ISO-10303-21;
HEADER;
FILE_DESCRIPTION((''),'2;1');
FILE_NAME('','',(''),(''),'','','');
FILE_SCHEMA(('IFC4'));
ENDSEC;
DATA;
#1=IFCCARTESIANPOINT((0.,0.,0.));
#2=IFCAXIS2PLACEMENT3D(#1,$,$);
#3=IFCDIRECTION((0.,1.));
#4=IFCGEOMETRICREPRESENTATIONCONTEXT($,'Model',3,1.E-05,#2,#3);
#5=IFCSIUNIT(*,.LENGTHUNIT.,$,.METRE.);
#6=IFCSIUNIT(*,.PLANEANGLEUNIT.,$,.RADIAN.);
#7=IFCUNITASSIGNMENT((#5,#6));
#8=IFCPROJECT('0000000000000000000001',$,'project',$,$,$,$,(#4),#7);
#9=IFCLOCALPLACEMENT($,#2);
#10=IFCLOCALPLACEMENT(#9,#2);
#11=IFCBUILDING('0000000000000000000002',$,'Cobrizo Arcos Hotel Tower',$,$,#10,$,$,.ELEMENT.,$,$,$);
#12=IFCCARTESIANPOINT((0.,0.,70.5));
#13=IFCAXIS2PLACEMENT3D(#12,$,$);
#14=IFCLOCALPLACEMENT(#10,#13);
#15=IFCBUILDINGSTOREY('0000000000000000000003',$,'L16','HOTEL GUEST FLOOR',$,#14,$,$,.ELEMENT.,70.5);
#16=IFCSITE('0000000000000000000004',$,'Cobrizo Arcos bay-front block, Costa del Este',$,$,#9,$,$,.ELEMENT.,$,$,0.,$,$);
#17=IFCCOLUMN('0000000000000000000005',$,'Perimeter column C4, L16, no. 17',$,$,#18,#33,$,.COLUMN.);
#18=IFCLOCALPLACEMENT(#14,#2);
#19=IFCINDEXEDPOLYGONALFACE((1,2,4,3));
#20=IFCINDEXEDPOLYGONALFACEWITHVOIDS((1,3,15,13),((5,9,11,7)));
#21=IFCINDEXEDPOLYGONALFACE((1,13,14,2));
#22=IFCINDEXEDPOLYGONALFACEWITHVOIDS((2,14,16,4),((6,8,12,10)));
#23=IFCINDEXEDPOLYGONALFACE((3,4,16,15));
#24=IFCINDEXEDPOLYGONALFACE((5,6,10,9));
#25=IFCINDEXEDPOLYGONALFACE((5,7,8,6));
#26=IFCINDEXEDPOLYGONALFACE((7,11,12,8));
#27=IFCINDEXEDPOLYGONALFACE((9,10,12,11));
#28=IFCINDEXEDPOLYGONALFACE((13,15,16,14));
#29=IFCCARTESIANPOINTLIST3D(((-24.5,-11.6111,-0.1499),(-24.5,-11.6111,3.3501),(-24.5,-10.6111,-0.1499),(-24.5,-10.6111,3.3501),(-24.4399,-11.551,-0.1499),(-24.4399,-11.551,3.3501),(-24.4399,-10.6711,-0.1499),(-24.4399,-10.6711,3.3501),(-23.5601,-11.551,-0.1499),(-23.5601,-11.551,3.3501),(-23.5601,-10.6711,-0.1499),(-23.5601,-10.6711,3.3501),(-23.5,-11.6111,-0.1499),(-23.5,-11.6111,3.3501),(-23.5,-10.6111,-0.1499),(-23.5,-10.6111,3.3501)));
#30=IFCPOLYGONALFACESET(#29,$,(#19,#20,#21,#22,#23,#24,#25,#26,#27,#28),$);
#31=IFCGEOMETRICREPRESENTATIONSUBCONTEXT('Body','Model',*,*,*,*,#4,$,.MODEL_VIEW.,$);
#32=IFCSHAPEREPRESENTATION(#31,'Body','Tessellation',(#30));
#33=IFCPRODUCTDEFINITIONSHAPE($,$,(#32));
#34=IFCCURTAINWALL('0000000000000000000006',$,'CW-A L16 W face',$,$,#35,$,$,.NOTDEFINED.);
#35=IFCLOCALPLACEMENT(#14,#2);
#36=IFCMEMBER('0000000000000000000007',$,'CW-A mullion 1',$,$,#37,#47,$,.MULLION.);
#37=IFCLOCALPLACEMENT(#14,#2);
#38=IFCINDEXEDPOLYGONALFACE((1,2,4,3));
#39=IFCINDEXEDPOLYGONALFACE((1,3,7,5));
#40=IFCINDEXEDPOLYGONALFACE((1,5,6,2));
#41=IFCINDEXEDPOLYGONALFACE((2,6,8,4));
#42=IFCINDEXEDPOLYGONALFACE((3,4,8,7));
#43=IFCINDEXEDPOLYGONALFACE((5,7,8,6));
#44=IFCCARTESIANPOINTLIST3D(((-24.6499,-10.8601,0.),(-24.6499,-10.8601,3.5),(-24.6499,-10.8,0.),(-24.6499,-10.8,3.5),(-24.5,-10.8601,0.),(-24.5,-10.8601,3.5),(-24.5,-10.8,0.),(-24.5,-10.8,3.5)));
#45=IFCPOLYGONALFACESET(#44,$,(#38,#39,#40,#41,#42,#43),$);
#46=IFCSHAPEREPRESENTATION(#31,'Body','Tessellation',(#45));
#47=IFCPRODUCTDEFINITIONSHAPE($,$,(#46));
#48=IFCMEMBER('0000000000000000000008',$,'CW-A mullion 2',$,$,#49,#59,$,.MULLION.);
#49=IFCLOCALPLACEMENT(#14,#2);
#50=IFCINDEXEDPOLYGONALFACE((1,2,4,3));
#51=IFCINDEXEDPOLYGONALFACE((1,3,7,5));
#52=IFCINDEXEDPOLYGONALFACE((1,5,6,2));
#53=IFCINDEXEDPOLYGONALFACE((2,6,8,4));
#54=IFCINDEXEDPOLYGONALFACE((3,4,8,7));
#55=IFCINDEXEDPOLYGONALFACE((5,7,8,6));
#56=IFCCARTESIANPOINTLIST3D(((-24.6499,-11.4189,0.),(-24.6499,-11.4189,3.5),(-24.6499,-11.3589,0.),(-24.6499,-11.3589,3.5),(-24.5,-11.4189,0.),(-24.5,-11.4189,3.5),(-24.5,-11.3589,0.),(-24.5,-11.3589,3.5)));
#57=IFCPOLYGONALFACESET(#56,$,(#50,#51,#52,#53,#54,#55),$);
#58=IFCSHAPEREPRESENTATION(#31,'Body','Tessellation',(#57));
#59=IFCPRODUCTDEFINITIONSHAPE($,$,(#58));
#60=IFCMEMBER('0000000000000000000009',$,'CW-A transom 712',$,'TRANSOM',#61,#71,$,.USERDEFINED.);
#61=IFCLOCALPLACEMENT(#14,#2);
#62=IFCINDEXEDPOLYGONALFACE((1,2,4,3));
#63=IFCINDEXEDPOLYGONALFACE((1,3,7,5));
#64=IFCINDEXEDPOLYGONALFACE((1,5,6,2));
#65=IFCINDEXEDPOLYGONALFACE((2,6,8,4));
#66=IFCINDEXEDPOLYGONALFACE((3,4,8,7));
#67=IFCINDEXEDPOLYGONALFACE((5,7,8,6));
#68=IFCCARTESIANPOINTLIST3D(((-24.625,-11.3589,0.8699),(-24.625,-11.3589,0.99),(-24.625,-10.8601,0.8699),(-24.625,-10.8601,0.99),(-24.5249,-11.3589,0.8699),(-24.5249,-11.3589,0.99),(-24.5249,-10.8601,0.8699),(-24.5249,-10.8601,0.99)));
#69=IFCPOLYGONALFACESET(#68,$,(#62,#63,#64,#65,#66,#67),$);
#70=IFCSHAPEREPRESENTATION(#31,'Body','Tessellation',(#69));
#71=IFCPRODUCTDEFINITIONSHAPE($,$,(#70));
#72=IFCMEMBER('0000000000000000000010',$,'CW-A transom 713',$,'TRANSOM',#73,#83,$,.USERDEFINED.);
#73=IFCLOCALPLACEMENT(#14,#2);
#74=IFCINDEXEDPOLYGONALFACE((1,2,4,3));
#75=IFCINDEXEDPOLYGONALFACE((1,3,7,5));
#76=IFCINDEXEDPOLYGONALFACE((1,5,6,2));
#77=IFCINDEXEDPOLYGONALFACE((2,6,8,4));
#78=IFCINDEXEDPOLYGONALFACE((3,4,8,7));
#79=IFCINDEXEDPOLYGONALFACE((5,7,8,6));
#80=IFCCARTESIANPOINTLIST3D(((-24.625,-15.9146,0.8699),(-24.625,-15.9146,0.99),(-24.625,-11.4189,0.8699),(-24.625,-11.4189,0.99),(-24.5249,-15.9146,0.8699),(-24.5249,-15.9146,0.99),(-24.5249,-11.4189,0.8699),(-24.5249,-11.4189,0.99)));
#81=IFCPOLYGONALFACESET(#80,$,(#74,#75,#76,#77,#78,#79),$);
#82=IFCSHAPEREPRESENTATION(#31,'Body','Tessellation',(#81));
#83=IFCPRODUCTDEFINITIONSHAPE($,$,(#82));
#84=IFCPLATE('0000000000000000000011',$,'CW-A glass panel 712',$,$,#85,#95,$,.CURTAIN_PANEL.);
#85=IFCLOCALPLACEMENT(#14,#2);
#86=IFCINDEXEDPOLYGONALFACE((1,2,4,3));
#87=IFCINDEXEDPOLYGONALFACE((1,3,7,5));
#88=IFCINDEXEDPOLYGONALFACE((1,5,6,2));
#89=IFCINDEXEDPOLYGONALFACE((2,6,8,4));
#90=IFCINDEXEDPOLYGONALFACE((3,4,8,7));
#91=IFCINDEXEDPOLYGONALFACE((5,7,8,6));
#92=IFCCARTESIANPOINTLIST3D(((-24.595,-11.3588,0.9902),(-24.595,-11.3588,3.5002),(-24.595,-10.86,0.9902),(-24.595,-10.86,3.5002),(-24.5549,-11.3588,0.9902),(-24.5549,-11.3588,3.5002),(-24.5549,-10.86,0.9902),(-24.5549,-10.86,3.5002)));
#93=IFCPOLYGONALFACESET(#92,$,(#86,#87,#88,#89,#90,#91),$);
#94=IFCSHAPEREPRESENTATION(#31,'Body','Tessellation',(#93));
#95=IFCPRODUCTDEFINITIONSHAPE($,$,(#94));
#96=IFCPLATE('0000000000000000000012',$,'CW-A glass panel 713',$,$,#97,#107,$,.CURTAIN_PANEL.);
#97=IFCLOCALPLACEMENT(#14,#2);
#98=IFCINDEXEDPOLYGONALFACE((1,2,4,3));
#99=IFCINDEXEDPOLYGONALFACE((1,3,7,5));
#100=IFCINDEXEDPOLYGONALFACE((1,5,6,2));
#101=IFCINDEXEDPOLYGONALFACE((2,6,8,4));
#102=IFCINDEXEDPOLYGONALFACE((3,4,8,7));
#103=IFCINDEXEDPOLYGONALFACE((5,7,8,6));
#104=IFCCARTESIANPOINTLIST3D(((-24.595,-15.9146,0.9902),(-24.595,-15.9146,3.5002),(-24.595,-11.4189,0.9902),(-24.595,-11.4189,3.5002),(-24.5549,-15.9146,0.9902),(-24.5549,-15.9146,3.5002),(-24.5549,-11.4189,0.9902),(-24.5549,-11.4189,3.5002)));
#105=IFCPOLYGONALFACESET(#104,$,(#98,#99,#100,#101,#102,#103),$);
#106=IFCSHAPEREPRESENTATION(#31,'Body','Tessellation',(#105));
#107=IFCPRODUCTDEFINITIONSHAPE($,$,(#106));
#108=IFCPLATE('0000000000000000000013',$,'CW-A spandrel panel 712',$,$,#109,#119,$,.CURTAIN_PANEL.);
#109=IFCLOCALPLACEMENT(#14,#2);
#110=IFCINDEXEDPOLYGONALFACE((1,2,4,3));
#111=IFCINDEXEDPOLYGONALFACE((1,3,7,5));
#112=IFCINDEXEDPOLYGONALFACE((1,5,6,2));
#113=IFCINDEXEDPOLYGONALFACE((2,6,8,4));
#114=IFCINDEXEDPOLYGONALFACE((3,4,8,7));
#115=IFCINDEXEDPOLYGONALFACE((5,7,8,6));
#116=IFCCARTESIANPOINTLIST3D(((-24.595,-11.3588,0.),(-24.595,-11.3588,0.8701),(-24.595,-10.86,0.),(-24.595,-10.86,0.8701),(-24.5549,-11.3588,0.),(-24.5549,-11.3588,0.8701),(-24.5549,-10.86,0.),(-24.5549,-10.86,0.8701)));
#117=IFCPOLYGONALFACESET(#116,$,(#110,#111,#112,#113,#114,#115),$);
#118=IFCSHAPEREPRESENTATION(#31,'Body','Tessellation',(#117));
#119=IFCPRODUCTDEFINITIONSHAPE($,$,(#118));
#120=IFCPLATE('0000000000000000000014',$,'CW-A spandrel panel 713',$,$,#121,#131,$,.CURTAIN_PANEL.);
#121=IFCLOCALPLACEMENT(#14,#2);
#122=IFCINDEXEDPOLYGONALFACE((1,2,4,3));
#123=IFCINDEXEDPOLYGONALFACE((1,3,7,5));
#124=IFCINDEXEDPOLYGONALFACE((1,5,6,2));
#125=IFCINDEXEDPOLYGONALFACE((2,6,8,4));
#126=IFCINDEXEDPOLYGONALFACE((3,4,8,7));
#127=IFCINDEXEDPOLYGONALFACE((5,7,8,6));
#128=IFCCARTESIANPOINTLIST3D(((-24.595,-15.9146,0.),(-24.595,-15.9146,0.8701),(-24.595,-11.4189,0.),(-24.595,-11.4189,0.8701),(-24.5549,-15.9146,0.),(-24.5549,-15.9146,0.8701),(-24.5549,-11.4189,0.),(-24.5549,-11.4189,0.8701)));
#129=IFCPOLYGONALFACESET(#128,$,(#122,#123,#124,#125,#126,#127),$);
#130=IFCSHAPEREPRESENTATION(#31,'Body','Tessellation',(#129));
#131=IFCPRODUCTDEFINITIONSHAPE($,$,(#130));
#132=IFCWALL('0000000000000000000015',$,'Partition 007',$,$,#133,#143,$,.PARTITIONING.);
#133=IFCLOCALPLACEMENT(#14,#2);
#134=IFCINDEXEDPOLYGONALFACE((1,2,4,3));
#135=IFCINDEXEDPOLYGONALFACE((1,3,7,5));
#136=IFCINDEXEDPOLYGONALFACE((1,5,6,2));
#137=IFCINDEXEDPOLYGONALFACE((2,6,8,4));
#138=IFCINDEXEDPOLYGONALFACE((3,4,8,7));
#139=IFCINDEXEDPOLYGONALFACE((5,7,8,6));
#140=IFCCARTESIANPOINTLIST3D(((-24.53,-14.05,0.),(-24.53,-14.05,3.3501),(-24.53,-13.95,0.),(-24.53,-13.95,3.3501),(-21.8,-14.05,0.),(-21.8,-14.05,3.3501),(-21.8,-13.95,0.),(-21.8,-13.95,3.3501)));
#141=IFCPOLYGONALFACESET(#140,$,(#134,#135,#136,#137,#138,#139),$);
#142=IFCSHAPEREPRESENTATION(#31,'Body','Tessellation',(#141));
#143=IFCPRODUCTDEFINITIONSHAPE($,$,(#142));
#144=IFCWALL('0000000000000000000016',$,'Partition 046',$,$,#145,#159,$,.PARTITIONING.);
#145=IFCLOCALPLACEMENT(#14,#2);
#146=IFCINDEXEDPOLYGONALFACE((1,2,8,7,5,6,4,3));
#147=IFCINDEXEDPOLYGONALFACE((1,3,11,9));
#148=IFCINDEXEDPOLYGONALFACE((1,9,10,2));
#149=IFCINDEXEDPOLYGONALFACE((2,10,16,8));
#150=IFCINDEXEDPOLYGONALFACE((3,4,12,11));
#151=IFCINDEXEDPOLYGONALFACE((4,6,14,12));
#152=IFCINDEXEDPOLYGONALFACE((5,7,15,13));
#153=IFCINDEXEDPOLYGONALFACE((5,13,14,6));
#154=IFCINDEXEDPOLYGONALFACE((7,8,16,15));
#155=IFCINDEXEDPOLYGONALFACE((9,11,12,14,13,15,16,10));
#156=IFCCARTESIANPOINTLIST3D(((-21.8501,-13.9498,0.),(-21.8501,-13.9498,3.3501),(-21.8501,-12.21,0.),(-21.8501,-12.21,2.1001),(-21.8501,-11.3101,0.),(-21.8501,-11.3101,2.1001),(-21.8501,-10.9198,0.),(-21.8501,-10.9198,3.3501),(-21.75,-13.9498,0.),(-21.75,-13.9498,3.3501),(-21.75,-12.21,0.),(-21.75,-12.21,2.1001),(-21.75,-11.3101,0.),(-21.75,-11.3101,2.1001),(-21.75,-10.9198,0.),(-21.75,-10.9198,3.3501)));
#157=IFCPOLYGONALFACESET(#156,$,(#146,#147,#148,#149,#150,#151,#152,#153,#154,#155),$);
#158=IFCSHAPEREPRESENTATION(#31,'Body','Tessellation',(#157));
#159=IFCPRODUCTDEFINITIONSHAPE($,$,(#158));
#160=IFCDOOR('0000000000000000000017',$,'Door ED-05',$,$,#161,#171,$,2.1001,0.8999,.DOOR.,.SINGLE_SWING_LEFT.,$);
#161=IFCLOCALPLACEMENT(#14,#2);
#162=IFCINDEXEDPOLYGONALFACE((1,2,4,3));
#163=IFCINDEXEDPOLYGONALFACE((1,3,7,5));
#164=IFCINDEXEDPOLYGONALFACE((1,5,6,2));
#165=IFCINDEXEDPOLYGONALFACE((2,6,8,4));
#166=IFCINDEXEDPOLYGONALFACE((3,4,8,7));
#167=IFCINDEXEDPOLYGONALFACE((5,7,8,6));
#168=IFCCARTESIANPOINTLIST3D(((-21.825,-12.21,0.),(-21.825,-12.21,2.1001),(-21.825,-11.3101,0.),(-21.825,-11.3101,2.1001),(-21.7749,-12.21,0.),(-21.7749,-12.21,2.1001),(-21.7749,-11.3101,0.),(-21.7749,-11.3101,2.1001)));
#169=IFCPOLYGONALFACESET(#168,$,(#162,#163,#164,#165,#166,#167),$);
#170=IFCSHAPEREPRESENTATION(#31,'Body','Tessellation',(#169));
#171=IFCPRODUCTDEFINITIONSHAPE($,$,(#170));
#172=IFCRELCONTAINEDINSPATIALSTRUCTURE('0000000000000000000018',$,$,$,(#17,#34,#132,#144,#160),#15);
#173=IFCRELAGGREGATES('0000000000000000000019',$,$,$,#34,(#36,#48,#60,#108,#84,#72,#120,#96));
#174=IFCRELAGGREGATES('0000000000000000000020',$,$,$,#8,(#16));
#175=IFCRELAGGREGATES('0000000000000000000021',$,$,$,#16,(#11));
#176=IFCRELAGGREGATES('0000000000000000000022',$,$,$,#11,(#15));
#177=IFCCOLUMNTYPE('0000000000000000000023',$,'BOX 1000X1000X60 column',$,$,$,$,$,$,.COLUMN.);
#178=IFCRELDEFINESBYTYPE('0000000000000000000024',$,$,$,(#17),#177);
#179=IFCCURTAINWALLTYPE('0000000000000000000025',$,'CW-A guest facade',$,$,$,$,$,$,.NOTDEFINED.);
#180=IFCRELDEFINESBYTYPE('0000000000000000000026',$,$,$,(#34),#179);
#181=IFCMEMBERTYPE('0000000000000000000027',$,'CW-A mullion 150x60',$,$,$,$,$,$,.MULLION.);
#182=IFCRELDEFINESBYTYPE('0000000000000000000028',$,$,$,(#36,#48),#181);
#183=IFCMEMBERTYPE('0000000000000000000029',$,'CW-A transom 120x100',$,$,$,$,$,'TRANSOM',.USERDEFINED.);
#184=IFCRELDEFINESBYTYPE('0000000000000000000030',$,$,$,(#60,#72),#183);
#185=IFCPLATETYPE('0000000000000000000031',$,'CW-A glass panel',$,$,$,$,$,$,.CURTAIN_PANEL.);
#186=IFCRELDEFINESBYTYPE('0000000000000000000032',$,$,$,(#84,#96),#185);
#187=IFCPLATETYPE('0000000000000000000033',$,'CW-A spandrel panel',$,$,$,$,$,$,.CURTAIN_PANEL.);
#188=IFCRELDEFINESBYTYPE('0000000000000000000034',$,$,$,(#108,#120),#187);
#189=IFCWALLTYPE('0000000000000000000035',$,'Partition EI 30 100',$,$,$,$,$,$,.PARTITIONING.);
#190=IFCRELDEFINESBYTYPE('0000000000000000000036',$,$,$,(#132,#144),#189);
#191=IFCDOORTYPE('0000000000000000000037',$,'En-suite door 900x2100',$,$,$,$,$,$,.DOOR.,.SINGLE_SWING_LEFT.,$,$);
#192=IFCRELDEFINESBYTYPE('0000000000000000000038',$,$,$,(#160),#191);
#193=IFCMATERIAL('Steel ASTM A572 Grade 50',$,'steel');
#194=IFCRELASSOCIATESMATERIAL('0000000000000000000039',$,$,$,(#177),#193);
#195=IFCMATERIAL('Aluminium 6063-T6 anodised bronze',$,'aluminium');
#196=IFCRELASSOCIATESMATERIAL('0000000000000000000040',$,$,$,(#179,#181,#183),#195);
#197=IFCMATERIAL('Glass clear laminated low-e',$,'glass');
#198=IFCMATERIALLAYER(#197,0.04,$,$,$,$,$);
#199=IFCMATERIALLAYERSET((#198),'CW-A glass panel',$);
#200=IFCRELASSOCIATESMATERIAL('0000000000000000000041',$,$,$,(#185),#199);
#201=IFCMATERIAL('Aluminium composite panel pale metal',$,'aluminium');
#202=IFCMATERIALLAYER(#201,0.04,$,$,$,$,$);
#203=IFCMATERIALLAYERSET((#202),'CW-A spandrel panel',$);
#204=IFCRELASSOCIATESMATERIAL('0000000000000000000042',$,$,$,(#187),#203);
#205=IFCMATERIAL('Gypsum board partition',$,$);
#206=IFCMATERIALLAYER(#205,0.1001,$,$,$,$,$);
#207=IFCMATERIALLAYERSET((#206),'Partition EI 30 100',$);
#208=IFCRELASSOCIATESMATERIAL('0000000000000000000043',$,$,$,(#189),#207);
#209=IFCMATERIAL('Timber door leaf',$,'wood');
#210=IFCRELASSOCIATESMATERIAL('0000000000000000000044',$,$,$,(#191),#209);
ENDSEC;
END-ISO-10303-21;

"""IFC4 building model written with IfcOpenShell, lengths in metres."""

from ifc_helpers import new_model, si_unit, direction, frame, frame_2d, origin, origin_2d, place, context, subcontext, project, spatial, rectangle, hollow_rectangle, extrude, material, layer, layer_set, material_profile, profile_set, type_object, element, fill, aggregate, save


model = new_model("IFC4")

# Units and contexts
model_context = context("Model", 3, precision=1e-05, world=origin(), true_north=direction((0.0, 1.0)))
body_context = subcontext(model_context, "Body", "Model", "MODEL_VIEW")
ifc_project = project(units=[si_unit("LENGTHUNIT", "METRE"), si_unit("PLANEANGLEUNIT", "RADIAN")], contexts=[model_context])

# Site, building, storey
site_placement = place(None, origin())
site = spatial("IfcSite", under=ifc_project, at=site_placement, Name="Cobrizo Arcos bay-front block, Costa del Este", CompositionType="ELEMENT", RefElevation=0.0)
building_placement = place(site_placement, origin())
building = spatial("IfcBuilding", under=site, at=building_placement, Name="Cobrizo Arcos Hotel Tower", CompositionType="ELEMENT")
storey_placement = place(building_placement, frame((0.0, 0.0, 70.5)))
storey = spatial("IfcBuildingStorey", under=building, at=storey_placement, Name="L16", Description="HOTEL GUEST FLOOR", CompositionType="ELEMENT", Elevation=70.5)

# Column
ifc_material_1 = material(Name="Steel ASTM A572 Grade 50", Category="steel")
ifc_material_profile_1 = material_profile(ifc_material_1, hollow_rectangle(XDim=1.0, YDim=1.0, WallThickness=0.0601, at=origin_2d()), Name="BOX 1000X1000X60")
ifc_profile_set_1 = profile_set([ifc_material_profile_1], Name="Steel ASTM A572 Grade 50")
column_type = type_object("IfcColumnType", Name="BOX 1000X1000X60 column", PredefinedType="COLUMN", material=ifc_profile_set_1)
column_placement = place(storey_placement, frame((-24.0, -11.1111, -0.1499), z_axis=(0.0, 0.0, 1.0), x_axis=(1.0, 0.0, 0.0)))
element("IfcColumn", 1, at=column_placement, inside=storey, type_object=column_type, Name="Perimeter column C4, L16, no. 17", PredefinedType="COLUMN", context=body_context, shape_type="SweptSolid", body=[
    extrude(hollow_rectangle(XDim=1.0, YDim=1.0, WallThickness=0.0601, at=origin_2d()), origin(), (0.0, 0.0, 1.0), 3.5),
])

# Curtain wall, members, plates
ifc_material_2 = material(Name="Aluminium 6063-T6 anodised bronze", Category="aluminium")
curtain_wall_type = type_object("IfcCurtainWallType", Name="CW-A guest facade", PredefinedType="NOTDEFINED", material=ifc_material_2)
curtain_wall_placement = place(storey_placement, origin())
curtain_wall = element("IfcCurtainWall", 2, at=curtain_wall_placement, inside=storey, type_object=curtain_wall_type, Name="CW-A L16 W face", PredefinedType="NOTDEFINED")
ifc_material_profile_2 = material_profile(ifc_material_2, rectangle(XDim=0.1499, YDim=0.0601, at=origin_2d()), Name="CW-A mullion 150x60")
ifc_profile_set_2 = profile_set([ifc_material_profile_2], Name="Aluminium 6063-T6 anodised bronze")
member_type_1 = type_object("IfcMemberType", Name="CW-A mullion 150x60", PredefinedType="MULLION", material=ifc_profile_set_2)
member_1_placement = place(storey_placement, frame((-24.575, -10.8301, 0.0), z_axis=(0.0, 0.0, 1.0), x_axis=(-1.0, 0.0, 0.0)))
member_1 = element("IfcMember", 3, at=member_1_placement, type_object=member_type_1, Name="CW-A mullion 1", PredefinedType="MULLION", context=body_context, shape_type="SweptSolid", body=[
    extrude(rectangle(XDim=0.1499, YDim=0.0601, at=origin_2d()), origin(), (0.0, 0.0, 1.0), 3.5),
])
member_2_placement = place(storey_placement, frame((-24.575, -11.3889, 0.0), z_axis=(0.0, 0.0, 1.0), x_axis=(-1.0, 0.0, 0.0)))
member_2 = element("IfcMember", 4, at=member_2_placement, type_object=member_type_1, Name="CW-A mullion 2", PredefinedType="MULLION", context=body_context, shape_type="SweptSolid", body=[
    extrude(rectangle(XDim=0.1499, YDim=0.0601, at=origin_2d()), origin(), (0.0, 0.0, 1.0), 3.5),
])
ifc_material_profile_3 = material_profile(ifc_material_2, rectangle(XDim=0.1001, YDim=0.1201, at=origin_2d()), Name="CW-A transom 120x100")
ifc_profile_set_3 = profile_set([ifc_material_profile_3], Name="Aluminium 6063-T6 anodised bronze")
member_type_2 = type_object("IfcMemberType", Name="CW-A transom 120x100", ElementType="TRANSOM", PredefinedType="USERDEFINED", material=ifc_profile_set_3)
member_3_placement = place(storey_placement, frame((-24.575, -10.8601, 0.9299), z_axis=(0.0, -1.0, 0.0), x_axis=(1.0, 0.0, 0.0)))
member_3 = element("IfcMember", 5, at=member_3_placement, type_object=member_type_2, Name="CW-A transom 712", ObjectType="TRANSOM", PredefinedType="USERDEFINED", context=body_context, shape_type="SweptSolid", body=[
    extrude(rectangle(XDim=0.1001, YDim=0.1201, at=origin_2d()), origin(), (0.0, 0.0, 1.0), 0.4988),
])
member_4_placement = place(storey_placement, frame((-24.575, -11.4189, 0.9299), z_axis=(0.0, -1.0, 0.0), x_axis=(1.0, 0.0, 0.0)))
member_4 = element("IfcMember", 6, at=member_4_placement, type_object=member_type_2, Name="CW-A transom 713", ObjectType="TRANSOM", PredefinedType="USERDEFINED", context=body_context, shape_type="SweptSolid", body=[
    extrude(rectangle(XDim=0.1001, YDim=0.1201, at=origin_2d()), origin(), (0.0, 0.0, 1.0), 4.4956),
])
ifc_material_3 = material(Name="Glass clear laminated low-e", Category="glass")
ifc_layer_1 = layer(ifc_material_3, 0.04)
ifc_layer_set_1 = layer_set([ifc_layer_1], Name="CW-A glass panel")
plate_type_1 = type_object("IfcPlateType", Name="CW-A glass panel", PredefinedType="CURTAIN_PANEL", material=ifc_layer_set_1)
plate_1_placement = place(storey_placement, frame((-24.575, -11.1094, 0.9902), z_axis=(0.0, 0.0, 1.0), x_axis=(0.0, -1.0, 0.0)))
plate_1 = element("IfcPlate", 7, at=plate_1_placement, type_object=plate_type_1, Name="CW-A glass panel 712", PredefinedType="CURTAIN_PANEL", context=body_context, shape_type="SweptSolid", body=[
    extrude(rectangle(XDim=0.4988, YDim=0.04, at=origin_2d()), origin(), (0.0, 0.0, 1.0), 2.51),
])
plate_2_placement = place(storey_placement, frame((-24.575, -13.6667, 0.9902), z_axis=(0.0, 0.0, 1.0), x_axis=(0.0, -1.0, 0.0)))
plate_2 = element("IfcPlate", 8, at=plate_2_placement, type_object=plate_type_1, Name="CW-A glass panel 713", PredefinedType="CURTAIN_PANEL", context=body_context, shape_type="SweptSolid", body=[
    extrude(rectangle(XDim=4.4956, YDim=0.04, at=origin_2d()), origin(), (0.0, 0.0, 1.0), 2.51),
])
ifc_material_4 = material(Name="Aluminium composite panel pale metal", Category="aluminium")
ifc_layer_2 = layer(ifc_material_4, 0.04)
ifc_layer_set_2 = layer_set([ifc_layer_2], Name="CW-A spandrel panel")
plate_type_2 = type_object("IfcPlateType", Name="CW-A spandrel panel", PredefinedType="CURTAIN_PANEL", material=ifc_layer_set_2)
plate_3_placement = place(storey_placement, frame((-24.575, -11.1094, 0.0), z_axis=(0.0, 0.0, 1.0), x_axis=(0.0, -1.0, 0.0)))
plate_3 = element("IfcPlate", 9, at=plate_3_placement, type_object=plate_type_2, Name="CW-A spandrel panel 712", PredefinedType="CURTAIN_PANEL", context=body_context, shape_type="SweptSolid", body=[
    extrude(rectangle(XDim=0.4988, YDim=0.04, at=origin_2d()), origin(), (0.0, 0.0, 1.0), 0.8701),
])
plate_4_placement = place(storey_placement, frame((-24.575, -13.6667, 0.0), z_axis=(0.0, 0.0, 1.0), x_axis=(0.0, -1.0, 0.0)))
plate_4 = element("IfcPlate", 10, at=plate_4_placement, type_object=plate_type_2, Name="CW-A spandrel panel 713", PredefinedType="CURTAIN_PANEL", context=body_context, shape_type="SweptSolid", body=[
    extrude(rectangle(XDim=4.4956, YDim=0.04, at=origin_2d()), origin(), (0.0, 0.0, 1.0), 0.8701),
])
aggregate(curtain_wall, [member_1, member_2, member_3, plate_3, plate_1, member_4, plate_4, plate_2])

# Wall
ifc_material_5 = material(Name="Gypsum board partition")
ifc_layer_3 = layer(ifc_material_5, 0.1001)
ifc_layer_set_3 = layer_set([ifc_layer_3], Name="Partition EI 30 100")
wall_type_1 = type_object("IfcWallType", Name="Partition EI 30 100", PredefinedType="PARTITIONING", material=ifc_layer_set_3)
wall_1_placement = place(storey_placement, frame((-24.53, -14.0, 0.0), z_axis=(0.0, 0.0, 1.0), x_axis=(1.0, 0.0, 0.0)))
element("IfcWall", 11, at=wall_1_placement, inside=storey, type_object=wall_type_1, Name="Partition 007", PredefinedType="PARTITIONING", context=body_context, shape_type="SweptSolid", body=[
    extrude(rectangle(XDim=2.73, YDim=0.1001, at=frame_2d((1.365, 0.0))), origin(), (0.0, 0.0, 1.0), 3.3501),
])

# Wall, opening, door
wall_2_placement = place(storey_placement, frame((-21.8, -13.95, 0.0), z_axis=(0.0, 0.0, 1.0), x_axis=(0.0, 1.0, 0.0)))
wall_2 = element("IfcWall", 12, at=wall_2_placement, inside=storey, type_object=wall_type_1, Name="Partition 046", PredefinedType="PARTITIONING", context=body_context, shape_type="SweptSolid", body=[
    extrude(rectangle(XDim=3.03, YDim=0.1001, at=frame_2d((1.5151, 0.0))), origin(), (0.0, 0.0, 1.0), 3.3501),
])
opening_1_placement = place(wall_2_placement, frame((1.74, 0.0, 0.0)))
opening_1 = element("IfcOpeningElement", 13, at=opening_1_placement, cuts=wall_2, PredefinedType="OPENING", context=body_context, shape_type="SweptSolid", body=[
    extrude(rectangle(XDim=0.8999, YDim=2.1001, at=frame_2d((0.45, 1.05))), frame((0.0, 0.062, 0.0), z_axis=(0.0, -1.0, 0.0), x_axis=(1.0, 0.0, 0.0)), (0.0, 0.0, 1.0), 0.124),
])
ifc_material_6 = material(Name="Timber door leaf", Category="wood")
door_type_1 = type_object("IfcDoorType", Name="En-suite door 900x2100", OperationType="SINGLE_SWING_LEFT", PredefinedType="DOOR", material=ifc_material_6)
door_1_placement = place(opening_1_placement, origin())
door_1 = element("IfcDoor", 14, at=door_1_placement, inside=storey, type_object=door_type_1, Name="Door ED-05", OperationType="SINGLE_SWING_LEFT", OverallHeight=2.1001, OverallWidth=0.8999, PredefinedType="DOOR", context=body_context, shape_type="SweptSolid", body=[
    extrude(rectangle(XDim=0.8999, YDim=2.1001, at=frame_2d((0.45, 1.05))), frame((0.0, 0.0249, 0.0), z_axis=(0.0, -1.0, 0.0), x_axis=(1.0, 0.0, 0.0)), (0.0, 0.0, 1.0), 0.05),
])
fill(opening_1, door_1)

save(model, "model.ifc")
